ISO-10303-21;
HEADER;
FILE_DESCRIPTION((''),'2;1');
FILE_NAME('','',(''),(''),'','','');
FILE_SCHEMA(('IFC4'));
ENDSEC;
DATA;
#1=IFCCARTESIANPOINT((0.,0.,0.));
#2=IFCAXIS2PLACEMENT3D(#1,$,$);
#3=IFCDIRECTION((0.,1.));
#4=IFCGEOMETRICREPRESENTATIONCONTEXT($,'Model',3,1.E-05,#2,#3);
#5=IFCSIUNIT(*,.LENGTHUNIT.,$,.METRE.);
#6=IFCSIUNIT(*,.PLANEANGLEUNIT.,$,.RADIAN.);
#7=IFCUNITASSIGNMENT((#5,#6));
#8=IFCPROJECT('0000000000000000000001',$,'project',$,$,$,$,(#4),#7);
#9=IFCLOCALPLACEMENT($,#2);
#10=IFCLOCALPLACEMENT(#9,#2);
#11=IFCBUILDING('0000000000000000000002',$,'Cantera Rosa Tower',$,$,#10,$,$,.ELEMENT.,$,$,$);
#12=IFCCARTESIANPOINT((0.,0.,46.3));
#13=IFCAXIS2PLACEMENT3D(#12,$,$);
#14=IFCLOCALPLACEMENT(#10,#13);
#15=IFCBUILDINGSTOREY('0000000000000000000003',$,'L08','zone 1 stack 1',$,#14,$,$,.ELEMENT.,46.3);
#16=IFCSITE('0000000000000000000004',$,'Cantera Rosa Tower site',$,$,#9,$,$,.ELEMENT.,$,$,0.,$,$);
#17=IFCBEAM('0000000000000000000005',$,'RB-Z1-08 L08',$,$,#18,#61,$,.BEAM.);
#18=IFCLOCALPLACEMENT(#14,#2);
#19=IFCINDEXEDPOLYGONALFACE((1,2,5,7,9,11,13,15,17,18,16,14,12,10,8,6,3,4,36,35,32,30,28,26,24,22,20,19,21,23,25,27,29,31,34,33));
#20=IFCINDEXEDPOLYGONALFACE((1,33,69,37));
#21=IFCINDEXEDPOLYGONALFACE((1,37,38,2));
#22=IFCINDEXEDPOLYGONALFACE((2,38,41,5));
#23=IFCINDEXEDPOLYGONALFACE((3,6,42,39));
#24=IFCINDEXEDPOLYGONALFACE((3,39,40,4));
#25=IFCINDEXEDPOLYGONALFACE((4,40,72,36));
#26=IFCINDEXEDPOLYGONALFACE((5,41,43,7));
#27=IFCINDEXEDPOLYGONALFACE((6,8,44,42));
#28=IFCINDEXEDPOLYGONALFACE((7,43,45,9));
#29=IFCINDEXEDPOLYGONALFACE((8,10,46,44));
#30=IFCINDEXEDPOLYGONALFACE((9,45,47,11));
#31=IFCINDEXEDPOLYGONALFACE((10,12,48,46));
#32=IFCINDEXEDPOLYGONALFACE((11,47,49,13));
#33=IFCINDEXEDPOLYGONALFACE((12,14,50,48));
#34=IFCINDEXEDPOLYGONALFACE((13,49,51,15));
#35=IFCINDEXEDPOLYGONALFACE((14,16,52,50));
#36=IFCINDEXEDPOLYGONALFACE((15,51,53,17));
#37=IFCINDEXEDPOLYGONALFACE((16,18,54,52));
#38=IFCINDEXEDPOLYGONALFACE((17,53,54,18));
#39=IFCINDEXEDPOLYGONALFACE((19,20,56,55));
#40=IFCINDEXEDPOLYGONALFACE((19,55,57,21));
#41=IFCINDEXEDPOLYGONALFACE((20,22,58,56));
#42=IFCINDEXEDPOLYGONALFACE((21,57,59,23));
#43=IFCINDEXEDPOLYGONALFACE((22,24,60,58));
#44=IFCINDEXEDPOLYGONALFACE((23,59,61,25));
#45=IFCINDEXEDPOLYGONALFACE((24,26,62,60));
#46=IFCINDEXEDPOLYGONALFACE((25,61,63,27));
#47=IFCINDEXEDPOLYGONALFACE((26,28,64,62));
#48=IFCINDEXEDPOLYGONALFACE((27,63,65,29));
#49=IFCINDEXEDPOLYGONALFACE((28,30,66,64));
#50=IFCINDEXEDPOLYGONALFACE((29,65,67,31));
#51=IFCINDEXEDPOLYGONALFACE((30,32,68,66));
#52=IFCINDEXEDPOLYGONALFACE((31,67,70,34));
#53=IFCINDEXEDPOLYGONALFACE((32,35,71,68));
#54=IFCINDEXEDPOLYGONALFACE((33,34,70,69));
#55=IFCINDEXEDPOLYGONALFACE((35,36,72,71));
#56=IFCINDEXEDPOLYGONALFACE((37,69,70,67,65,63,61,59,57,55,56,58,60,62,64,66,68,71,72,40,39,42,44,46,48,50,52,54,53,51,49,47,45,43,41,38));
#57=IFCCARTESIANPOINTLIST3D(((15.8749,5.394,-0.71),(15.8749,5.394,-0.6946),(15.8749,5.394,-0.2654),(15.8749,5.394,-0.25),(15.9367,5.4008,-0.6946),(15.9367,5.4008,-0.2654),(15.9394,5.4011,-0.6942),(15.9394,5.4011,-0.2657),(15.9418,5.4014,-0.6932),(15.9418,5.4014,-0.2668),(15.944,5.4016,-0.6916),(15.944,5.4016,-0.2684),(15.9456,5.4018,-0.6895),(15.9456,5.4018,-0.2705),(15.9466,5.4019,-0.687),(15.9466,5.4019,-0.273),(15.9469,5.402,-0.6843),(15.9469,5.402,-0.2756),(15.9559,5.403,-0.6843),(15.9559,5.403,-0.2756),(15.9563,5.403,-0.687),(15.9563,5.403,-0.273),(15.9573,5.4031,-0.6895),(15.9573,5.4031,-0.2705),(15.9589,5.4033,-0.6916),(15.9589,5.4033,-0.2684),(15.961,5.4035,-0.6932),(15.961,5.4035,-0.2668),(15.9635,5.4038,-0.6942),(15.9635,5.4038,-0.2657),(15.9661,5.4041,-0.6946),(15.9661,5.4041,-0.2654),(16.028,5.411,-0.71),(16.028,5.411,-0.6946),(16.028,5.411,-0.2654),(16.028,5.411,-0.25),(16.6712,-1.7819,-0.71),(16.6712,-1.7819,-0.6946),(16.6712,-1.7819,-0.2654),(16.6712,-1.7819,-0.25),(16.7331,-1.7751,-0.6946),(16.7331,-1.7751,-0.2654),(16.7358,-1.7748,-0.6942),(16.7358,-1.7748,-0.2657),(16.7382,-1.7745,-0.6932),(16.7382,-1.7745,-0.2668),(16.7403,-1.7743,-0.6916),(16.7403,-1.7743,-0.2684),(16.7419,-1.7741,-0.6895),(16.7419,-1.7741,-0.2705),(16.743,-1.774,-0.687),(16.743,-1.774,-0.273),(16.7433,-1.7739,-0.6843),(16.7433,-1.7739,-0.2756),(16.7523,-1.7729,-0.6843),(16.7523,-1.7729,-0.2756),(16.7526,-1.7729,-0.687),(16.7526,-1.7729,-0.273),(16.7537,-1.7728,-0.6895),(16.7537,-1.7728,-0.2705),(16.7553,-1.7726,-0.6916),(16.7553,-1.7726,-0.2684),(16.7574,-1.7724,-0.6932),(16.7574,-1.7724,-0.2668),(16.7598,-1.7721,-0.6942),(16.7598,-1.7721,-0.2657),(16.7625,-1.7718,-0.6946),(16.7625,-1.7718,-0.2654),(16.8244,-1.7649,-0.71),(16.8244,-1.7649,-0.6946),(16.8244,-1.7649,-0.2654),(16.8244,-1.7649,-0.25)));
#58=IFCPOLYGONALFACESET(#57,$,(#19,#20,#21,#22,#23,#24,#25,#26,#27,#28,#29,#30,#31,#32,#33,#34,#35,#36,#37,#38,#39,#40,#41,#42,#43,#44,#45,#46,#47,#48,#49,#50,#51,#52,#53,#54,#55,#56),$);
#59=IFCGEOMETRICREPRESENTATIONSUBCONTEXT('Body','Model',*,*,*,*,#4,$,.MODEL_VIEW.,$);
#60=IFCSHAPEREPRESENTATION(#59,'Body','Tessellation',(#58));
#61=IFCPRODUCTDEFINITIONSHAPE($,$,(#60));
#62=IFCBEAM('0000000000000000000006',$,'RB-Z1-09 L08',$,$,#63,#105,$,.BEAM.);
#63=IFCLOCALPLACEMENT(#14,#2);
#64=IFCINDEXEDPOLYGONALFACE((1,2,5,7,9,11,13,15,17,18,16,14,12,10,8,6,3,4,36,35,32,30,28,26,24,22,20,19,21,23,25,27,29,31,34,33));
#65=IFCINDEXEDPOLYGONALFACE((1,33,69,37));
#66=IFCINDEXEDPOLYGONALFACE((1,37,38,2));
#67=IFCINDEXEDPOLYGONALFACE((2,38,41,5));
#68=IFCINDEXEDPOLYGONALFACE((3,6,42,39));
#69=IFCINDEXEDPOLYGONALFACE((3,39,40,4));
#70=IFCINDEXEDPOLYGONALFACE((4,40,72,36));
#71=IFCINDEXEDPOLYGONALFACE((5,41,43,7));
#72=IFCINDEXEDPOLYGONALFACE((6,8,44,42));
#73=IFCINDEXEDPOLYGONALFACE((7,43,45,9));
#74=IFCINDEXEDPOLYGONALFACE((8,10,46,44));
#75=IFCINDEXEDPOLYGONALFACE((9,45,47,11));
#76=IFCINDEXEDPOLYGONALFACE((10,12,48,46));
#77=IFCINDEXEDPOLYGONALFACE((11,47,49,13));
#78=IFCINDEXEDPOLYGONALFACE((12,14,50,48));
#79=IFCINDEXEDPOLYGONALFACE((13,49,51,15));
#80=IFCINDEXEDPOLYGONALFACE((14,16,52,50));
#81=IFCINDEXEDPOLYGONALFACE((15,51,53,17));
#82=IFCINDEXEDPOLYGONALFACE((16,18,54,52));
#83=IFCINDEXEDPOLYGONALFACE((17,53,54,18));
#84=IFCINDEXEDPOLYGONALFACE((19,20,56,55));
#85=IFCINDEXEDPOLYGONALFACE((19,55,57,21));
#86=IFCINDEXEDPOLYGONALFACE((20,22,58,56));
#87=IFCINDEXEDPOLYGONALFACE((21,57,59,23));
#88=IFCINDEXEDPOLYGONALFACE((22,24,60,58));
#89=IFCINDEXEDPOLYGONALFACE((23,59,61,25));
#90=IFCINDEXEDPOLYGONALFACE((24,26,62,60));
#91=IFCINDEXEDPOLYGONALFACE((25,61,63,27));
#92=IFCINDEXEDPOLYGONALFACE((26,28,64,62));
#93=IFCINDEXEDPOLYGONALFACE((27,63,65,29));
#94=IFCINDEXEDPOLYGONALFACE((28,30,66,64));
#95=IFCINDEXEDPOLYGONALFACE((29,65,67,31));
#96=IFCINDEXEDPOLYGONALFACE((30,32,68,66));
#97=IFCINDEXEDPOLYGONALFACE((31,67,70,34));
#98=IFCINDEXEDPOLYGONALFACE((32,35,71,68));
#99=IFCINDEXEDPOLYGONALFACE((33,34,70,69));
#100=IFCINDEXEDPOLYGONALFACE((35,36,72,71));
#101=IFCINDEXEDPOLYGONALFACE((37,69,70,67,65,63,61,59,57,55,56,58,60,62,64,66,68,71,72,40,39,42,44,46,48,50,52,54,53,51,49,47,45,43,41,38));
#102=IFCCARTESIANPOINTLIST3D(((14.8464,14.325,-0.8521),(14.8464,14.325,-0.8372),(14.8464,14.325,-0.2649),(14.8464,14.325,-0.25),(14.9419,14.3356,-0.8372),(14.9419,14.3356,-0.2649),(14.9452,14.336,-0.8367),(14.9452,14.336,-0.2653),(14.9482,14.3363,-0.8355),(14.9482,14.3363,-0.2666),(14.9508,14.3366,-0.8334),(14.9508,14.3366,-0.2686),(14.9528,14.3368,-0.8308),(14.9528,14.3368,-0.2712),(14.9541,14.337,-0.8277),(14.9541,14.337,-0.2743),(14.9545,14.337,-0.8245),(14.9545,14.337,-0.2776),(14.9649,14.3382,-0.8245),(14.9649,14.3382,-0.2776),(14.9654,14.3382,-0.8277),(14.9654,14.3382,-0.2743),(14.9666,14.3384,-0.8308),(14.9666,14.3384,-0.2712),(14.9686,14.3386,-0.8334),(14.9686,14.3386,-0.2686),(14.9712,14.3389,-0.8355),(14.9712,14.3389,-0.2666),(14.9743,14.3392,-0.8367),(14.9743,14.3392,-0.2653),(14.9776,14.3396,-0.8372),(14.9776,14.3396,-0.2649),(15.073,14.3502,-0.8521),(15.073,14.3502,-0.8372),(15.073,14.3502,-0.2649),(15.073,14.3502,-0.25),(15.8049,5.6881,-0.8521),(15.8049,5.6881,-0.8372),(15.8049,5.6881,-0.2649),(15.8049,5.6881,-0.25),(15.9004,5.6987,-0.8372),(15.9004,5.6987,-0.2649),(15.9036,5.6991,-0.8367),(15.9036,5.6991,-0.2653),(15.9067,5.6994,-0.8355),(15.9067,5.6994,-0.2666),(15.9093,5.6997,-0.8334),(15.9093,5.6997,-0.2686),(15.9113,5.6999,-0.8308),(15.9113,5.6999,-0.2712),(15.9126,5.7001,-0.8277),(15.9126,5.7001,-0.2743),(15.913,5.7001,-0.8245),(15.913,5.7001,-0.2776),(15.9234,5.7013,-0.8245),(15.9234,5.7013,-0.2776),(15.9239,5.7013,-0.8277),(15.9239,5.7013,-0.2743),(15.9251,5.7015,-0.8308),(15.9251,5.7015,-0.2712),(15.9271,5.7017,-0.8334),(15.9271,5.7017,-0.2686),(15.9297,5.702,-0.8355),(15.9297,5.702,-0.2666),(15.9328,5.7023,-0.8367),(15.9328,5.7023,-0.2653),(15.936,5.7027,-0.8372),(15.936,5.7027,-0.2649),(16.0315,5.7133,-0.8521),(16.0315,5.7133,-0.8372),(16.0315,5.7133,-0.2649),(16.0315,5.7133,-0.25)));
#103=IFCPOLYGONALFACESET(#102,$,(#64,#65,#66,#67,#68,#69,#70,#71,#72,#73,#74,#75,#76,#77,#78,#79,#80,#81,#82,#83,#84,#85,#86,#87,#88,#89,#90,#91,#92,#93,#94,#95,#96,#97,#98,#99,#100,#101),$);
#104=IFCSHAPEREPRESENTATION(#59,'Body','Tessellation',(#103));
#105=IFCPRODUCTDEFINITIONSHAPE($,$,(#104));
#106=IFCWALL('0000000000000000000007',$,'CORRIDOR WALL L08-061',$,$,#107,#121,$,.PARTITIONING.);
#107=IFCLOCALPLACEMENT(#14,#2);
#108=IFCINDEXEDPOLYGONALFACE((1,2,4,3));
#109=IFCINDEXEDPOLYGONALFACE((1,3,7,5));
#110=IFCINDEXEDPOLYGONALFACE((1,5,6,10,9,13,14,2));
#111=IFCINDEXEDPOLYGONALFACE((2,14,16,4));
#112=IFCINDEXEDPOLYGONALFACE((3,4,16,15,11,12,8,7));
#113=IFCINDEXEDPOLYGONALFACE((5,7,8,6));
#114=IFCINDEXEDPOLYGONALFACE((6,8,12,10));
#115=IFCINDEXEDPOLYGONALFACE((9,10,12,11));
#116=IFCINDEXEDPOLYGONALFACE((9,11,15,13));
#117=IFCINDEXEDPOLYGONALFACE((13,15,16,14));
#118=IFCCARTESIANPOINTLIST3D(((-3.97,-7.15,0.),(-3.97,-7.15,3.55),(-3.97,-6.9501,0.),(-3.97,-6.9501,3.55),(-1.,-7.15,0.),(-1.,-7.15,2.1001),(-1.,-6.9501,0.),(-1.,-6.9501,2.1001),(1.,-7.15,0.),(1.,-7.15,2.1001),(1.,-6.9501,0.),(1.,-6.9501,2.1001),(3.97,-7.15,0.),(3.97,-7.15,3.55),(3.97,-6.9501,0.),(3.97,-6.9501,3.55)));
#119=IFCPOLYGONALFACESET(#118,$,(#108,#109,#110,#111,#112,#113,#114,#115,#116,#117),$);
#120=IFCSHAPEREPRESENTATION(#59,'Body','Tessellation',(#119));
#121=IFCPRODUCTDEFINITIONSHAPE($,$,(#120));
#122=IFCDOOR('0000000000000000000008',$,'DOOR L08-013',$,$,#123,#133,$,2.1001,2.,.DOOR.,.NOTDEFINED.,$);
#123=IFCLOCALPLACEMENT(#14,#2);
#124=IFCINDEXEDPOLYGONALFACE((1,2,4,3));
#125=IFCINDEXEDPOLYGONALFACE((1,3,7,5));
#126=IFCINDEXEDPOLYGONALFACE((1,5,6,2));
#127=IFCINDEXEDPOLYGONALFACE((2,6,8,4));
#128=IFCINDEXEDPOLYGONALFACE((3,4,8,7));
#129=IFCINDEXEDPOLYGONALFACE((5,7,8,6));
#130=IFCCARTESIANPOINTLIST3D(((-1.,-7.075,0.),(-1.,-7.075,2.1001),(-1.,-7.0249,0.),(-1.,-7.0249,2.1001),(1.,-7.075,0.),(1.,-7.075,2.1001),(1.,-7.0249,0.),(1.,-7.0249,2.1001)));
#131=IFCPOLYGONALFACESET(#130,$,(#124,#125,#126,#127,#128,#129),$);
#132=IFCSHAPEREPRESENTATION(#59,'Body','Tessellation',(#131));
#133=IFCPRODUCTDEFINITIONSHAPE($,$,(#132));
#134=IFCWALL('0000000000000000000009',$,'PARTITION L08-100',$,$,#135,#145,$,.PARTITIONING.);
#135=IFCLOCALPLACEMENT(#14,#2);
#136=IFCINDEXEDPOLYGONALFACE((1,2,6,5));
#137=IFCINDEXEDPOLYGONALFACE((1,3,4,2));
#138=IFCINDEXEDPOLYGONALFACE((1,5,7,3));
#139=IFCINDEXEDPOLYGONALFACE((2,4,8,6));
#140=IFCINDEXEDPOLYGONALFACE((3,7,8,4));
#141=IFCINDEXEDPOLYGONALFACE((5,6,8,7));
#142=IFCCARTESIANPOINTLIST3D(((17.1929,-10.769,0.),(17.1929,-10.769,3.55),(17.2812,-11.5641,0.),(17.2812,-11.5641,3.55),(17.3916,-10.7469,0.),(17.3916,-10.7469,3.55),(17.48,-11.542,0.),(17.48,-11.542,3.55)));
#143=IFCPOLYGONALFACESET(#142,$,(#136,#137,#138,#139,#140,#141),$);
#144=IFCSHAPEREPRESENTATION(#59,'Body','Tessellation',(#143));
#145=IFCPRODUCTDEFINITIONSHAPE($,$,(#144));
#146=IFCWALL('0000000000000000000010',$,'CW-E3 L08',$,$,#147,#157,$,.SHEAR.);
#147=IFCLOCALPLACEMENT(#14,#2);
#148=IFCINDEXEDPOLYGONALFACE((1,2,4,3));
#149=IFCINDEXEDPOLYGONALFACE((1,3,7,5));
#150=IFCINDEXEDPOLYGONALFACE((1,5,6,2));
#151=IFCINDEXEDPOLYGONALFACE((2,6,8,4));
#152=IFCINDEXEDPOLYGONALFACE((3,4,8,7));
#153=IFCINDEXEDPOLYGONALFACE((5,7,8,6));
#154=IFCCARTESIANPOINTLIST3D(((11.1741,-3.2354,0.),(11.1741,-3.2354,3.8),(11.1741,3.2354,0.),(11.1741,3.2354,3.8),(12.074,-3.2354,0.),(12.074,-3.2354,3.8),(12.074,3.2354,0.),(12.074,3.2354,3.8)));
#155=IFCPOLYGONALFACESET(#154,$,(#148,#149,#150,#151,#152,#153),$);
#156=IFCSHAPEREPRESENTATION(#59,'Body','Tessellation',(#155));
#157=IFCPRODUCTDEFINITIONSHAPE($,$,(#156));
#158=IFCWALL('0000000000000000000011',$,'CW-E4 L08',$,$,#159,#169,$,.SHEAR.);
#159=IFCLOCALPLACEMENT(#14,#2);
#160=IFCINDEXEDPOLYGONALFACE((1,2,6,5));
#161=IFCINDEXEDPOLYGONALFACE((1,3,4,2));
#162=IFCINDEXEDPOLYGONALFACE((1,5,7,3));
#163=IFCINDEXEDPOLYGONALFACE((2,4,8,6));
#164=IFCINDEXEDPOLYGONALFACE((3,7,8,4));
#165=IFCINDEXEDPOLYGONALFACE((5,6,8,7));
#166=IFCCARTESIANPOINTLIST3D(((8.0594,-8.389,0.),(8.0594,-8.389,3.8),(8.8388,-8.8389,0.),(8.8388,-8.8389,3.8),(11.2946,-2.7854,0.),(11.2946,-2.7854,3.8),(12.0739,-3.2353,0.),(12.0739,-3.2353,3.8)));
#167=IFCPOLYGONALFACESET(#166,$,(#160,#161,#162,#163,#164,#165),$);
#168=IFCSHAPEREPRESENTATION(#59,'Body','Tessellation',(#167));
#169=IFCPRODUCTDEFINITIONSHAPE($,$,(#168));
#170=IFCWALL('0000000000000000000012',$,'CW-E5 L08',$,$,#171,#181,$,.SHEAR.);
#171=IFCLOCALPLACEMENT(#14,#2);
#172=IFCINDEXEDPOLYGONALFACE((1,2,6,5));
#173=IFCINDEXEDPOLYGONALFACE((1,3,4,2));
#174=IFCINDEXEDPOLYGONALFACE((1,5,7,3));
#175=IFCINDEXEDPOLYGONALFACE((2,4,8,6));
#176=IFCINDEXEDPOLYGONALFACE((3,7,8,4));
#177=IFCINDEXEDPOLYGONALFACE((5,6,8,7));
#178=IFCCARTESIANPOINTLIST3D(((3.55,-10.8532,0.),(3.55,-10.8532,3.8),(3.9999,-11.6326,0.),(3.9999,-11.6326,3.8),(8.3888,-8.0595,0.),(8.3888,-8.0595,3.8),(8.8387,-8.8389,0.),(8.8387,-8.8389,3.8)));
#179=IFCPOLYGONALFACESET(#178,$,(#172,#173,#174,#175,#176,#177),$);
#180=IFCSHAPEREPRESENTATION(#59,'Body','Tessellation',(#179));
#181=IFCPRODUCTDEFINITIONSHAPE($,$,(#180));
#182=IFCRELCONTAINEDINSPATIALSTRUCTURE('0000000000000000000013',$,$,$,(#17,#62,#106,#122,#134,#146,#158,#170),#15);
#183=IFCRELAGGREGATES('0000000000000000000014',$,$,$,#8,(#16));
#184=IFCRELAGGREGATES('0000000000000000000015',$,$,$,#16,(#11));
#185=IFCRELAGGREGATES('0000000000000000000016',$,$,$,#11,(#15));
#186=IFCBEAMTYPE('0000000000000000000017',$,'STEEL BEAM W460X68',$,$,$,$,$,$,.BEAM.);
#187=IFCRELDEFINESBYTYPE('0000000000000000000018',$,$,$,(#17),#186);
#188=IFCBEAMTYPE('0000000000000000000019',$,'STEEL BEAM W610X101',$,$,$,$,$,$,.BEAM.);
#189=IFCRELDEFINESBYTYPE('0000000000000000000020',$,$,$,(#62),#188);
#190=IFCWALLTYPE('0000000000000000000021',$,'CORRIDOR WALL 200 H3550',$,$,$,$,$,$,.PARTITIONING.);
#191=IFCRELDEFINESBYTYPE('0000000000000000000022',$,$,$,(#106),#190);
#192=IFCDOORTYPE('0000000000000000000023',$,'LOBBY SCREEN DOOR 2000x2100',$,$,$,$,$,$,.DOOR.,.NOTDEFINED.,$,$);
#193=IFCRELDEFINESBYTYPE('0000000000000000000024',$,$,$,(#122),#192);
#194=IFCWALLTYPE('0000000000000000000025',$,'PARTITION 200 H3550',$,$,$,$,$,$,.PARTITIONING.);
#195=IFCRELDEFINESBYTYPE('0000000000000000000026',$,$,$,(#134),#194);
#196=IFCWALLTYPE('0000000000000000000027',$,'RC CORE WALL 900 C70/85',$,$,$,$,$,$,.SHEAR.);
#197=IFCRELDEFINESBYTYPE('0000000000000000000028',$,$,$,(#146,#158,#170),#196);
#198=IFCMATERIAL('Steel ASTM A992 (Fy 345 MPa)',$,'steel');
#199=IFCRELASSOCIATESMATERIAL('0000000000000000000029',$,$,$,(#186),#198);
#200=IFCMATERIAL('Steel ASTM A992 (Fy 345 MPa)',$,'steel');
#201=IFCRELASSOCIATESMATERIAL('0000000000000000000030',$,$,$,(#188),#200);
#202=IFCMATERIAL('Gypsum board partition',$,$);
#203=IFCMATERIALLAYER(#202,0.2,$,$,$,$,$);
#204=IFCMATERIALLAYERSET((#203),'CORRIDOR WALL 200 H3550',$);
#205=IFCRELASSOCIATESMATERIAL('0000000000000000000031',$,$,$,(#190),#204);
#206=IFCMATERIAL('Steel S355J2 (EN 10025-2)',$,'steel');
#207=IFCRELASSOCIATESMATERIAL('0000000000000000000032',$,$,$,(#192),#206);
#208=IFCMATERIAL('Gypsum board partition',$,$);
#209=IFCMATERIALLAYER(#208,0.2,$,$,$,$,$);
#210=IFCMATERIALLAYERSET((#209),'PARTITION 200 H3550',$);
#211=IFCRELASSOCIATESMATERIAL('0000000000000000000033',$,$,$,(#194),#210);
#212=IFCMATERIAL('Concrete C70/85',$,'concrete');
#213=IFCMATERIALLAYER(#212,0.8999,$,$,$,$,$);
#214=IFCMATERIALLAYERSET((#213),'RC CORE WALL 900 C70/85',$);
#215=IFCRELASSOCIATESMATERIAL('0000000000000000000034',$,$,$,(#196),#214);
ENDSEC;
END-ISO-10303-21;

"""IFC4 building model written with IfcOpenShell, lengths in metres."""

from ifc_helpers import new_model, si_unit, direction, frame, frame_2d, origin, origin_2d, place, context, subcontext, project, spatial, rectangle, i_section, extrude, material, layer, layer_set, material_profile, profile_set, type_object, element, fill, save


model = new_model("IFC4")

# Units and contexts
model_context = context("Model", 3, precision=1e-05, world=origin(), true_north=direction((0.0, 1.0)))
body_context = subcontext(model_context, "Body", "Model", "MODEL_VIEW")
ifc_project = project(units=[si_unit("LENGTHUNIT", "METRE"), si_unit("PLANEANGLEUNIT", "RADIAN")], contexts=[model_context])

# Site, building, storey
site_placement = place(None, origin())
site = spatial("IfcSite", under=ifc_project, at=site_placement, Name="Cantera Rosa Tower site", CompositionType="ELEMENT", RefElevation=0.0)
building_placement = place(site_placement, origin())
building = spatial("IfcBuilding", under=site, at=building_placement, Name="Cantera Rosa Tower", CompositionType="ELEMENT")
storey_placement = place(building_placement, frame((0.0, 0.0, 46.3)))
storey = spatial("IfcBuildingStorey", under=building, at=storey_placement, Name="L08", Description="zone 1 stack 1", CompositionType="ELEMENT", Elevation=46.3)

# Beams
ifc_material_1 = material(Name="Steel ASTM A992 (Fy 345 MPa)", Category="steel")
ifc_material_profile_1 = material_profile(ifc_material_1, i_section(OverallWidth=0.1541, OverallDepth=0.46, WebThickness=0.009, FlangeThickness=0.0154, FilletRadius=0.0103, at=origin_2d()), Name="W460X68")
ifc_profile_set_1 = profile_set([ifc_material_profile_1], Name="Steel ASTM A992 (Fy 345 MPa)")
beam_type_1 = type_object("IfcBeamType", Name="STEEL BEAM W460X68", PredefinedType="BEAM", material=ifc_profile_set_1)
beam_1_placement = place(storey_placement, frame((16.7478, -1.7734, -0.48), z_axis=(-0.110302, 0.993898, 0.0), x_axis=(-0.993898, -0.110302, 0.0)))
element("IfcBeam", 1, at=beam_1_placement, inside=storey, type_object=beam_type_1, Name="RB-Z1-08 L08", PredefinedType="BEAM", context=body_context, shape_type="SweptSolid", body=[
    extrude(i_section(OverallWidth=0.1541, OverallDepth=0.46, WebThickness=0.009, FlangeThickness=0.0154, FilletRadius=0.0103, at=origin_2d()), origin(), (0.0, 0.0, 1.0), 7.22),
])
ifc_material_2 = material(Name="Steel ASTM A992 (Fy 345 MPa)", Category="steel")
ifc_material_profile_2 = material_profile(ifc_material_2, i_section(OverallWidth=0.228, OverallDepth=0.6021, WebThickness=0.0105, FlangeThickness=0.0149, FilletRadius=0.0127, at=origin_2d()), Name="W610X101")
ifc_profile_set_2 = profile_set([ifc_material_profile_2], Name="Steel ASTM A992 (Fy 345 MPa)")
beam_type_2 = type_object("IfcBeamType", Name="STEEL BEAM W610X101", PredefinedType="BEAM", material=ifc_profile_set_2)
beam_2_placement = place(storey_placement, frame((15.9182, 5.7007, -0.551), z_axis=(-0.110299, 0.993898, 0.0), x_axis=(-0.993898, -0.110299, 0.0)))
element("IfcBeam", 2, at=beam_2_placement, inside=storey, type_object=beam_type_2, Name="RB-Z1-09 L08", PredefinedType="BEAM", context=body_context, shape_type="SweptSolid", body=[
    extrude(i_section(OverallWidth=0.228, OverallDepth=0.6021, WebThickness=0.0105, FlangeThickness=0.0149, FilletRadius=0.0127, at=origin_2d()), origin(), (0.0, 0.0, 1.0), 8.6899),
])

# Wall, opening, door
ifc_material_3 = material(Name="Gypsum board partition")
ifc_layer_1 = layer(ifc_material_3, 0.2)
ifc_layer_set_1 = layer_set([ifc_layer_1], Name="CORRIDOR WALL 200 H3550")
wall_type_1 = type_object("IfcWallType", Name="CORRIDOR WALL 200 H3550", PredefinedType="PARTITIONING", material=ifc_layer_set_1)
wall_1_placement = place(storey_placement, frame((3.97, -7.05, 0.0), z_axis=(0.0, 0.0, 1.0), x_axis=(-1.0, 0.0, 0.0)))
wall_1 = element("IfcWall", 3, at=wall_1_placement, inside=storey, type_object=wall_type_1, Name="CORRIDOR WALL L08-061", PredefinedType="PARTITIONING", context=body_context, shape_type="SweptSolid", body=[
    extrude(rectangle(XDim=7.9399, YDim=0.2, at=frame_2d((3.97, 0.0))), origin(), (0.0, 0.0, 1.0), 3.55),
])
opening_1_placement = place(wall_1_placement, frame((2.97, 0.0, 0.0)))
opening_1 = element("IfcOpeningElement", 4, at=opening_1_placement, cuts=wall_1, PredefinedType="OPENING", context=body_context, shape_type="SweptSolid", body=[
    extrude(rectangle(XDim=2.0, YDim=2.1001, at=frame_2d((1.0, 1.05))), frame((0.0, 0.1099, 0.0), z_axis=(0.0, -1.0, 0.0), x_axis=(1.0, 0.0, 0.0)), (0.0, 0.0, 1.0), 0.22),
])
ifc_material_4 = material(Name="Steel S355J2 (EN 10025-2)", Category="steel")
door_type_1 = type_object("IfcDoorType", Name="LOBBY SCREEN DOOR 2000x2100", OperationType="NOTDEFINED", PredefinedType="DOOR", material=ifc_material_4)
door_1_placement = place(opening_1_placement, origin())
door_1 = element("IfcDoor", 5, at=door_1_placement, inside=storey, type_object=door_type_1, Name="DOOR L08-013", OperationType="NOTDEFINED", OverallHeight=2.1001, OverallWidth=2.0, PredefinedType="DOOR", context=body_context, shape_type="SweptSolid", body=[
    extrude(rectangle(XDim=2.0, YDim=2.1001, at=frame_2d((1.0, 1.05))), frame((0.0, 0.0249, 0.0), z_axis=(0.0, -1.0, 0.0), x_axis=(1.0, 0.0, 0.0)), (0.0, 0.0, 1.0), 0.05),
])
fill(opening_1, door_1)

# Walls
ifc_material_5 = material(Name="Gypsum board partition")
ifc_layer_2 = layer(ifc_material_5, 0.2)
ifc_layer_set_2 = layer_set([ifc_layer_2], Name="PARTITION 200 H3550")
wall_type_2 = type_object("IfcWallType", Name="PARTITION 200 H3550", PredefinedType="PARTITIONING", material=ifc_layer_set_2)
wall_2_placement = place(storey_placement, frame((17.2922, -10.7581, 0.0), z_axis=(0.0, 0.0, 1.0), x_axis=(0.110465, -0.99388, 0.0)))
element("IfcWall", 6, at=wall_2_placement, inside=storey, type_object=wall_type_2, Name="PARTITION L08-100", PredefinedType="PARTITIONING", context=body_context, shape_type="SweptSolid", body=[
    extrude(rectangle(XDim=0.8, YDim=0.2, at=frame_2d((0.3999, 0.0))), origin(), (0.0, 0.0, 1.0), 3.55),
])
ifc_material_6 = material(Name="Concrete C70/85", Category="concrete")
ifc_layer_3 = layer(ifc_material_6, 0.8999)
ifc_layer_set_3 = layer_set([ifc_layer_3], Name="RC CORE WALL 900 C70/85")
wall_type_3 = type_object("IfcWallType", Name="RC CORE WALL 900 C70/85", PredefinedType="SHEAR", material=ifc_layer_set_3)
wall_3_placement = place(storey_placement, frame((11.624, 3.2354, 0.0), z_axis=(0.0, 0.0, 1.0), x_axis=(0.0, -1.0, 0.0)))
element("IfcWall", 7, at=wall_3_placement, inside=storey, type_object=wall_type_3, Name="CW-E3 L08", PredefinedType="SHEAR", context=body_context, shape_type="SweptSolid", body=[
    extrude(rectangle(XDim=6.4707, YDim=0.8999, at=frame_2d((3.2354, 0.0))), origin(), (0.0, 0.0, 1.0), 3.8),
])
wall_4_placement = place(storey_placement, frame((11.6843, -3.0103, 0.0), z_axis=(0.0, 0.0, 1.0), x_axis=(-0.49999, -0.866031, 0.0)))
element("IfcWall", 8, at=wall_4_placement, inside=storey, type_object=wall_type_3, Name="CW-E4 L08", PredefinedType="SHEAR", context=body_context, shape_type="SweptSolid", body=[
    extrude(rectangle(XDim=6.4705, YDim=0.8999, at=frame_2d((3.2354, 0.0))), origin(), (0.0, 0.0, 1.0), 3.8),
])
wall_5_placement = place(storey_placement, frame((8.6138, -8.4492, 0.0), z_axis=(0.0, 0.0, 1.0), x_axis=(-0.866027, -0.499997, 0.0)))
element("IfcWall", 9, at=wall_5_placement, inside=storey, type_object=wall_type_3, Name="CW-E5 L08", PredefinedType="SHEAR", context=body_context, shape_type="SweptSolid", body=[
    extrude(rectangle(XDim=5.5874, YDim=0.8999, at=frame_2d((2.7937, 0.0))), origin(), (0.0, 0.0, 1.0), 3.8),
])

save(model, "model.ifc")
